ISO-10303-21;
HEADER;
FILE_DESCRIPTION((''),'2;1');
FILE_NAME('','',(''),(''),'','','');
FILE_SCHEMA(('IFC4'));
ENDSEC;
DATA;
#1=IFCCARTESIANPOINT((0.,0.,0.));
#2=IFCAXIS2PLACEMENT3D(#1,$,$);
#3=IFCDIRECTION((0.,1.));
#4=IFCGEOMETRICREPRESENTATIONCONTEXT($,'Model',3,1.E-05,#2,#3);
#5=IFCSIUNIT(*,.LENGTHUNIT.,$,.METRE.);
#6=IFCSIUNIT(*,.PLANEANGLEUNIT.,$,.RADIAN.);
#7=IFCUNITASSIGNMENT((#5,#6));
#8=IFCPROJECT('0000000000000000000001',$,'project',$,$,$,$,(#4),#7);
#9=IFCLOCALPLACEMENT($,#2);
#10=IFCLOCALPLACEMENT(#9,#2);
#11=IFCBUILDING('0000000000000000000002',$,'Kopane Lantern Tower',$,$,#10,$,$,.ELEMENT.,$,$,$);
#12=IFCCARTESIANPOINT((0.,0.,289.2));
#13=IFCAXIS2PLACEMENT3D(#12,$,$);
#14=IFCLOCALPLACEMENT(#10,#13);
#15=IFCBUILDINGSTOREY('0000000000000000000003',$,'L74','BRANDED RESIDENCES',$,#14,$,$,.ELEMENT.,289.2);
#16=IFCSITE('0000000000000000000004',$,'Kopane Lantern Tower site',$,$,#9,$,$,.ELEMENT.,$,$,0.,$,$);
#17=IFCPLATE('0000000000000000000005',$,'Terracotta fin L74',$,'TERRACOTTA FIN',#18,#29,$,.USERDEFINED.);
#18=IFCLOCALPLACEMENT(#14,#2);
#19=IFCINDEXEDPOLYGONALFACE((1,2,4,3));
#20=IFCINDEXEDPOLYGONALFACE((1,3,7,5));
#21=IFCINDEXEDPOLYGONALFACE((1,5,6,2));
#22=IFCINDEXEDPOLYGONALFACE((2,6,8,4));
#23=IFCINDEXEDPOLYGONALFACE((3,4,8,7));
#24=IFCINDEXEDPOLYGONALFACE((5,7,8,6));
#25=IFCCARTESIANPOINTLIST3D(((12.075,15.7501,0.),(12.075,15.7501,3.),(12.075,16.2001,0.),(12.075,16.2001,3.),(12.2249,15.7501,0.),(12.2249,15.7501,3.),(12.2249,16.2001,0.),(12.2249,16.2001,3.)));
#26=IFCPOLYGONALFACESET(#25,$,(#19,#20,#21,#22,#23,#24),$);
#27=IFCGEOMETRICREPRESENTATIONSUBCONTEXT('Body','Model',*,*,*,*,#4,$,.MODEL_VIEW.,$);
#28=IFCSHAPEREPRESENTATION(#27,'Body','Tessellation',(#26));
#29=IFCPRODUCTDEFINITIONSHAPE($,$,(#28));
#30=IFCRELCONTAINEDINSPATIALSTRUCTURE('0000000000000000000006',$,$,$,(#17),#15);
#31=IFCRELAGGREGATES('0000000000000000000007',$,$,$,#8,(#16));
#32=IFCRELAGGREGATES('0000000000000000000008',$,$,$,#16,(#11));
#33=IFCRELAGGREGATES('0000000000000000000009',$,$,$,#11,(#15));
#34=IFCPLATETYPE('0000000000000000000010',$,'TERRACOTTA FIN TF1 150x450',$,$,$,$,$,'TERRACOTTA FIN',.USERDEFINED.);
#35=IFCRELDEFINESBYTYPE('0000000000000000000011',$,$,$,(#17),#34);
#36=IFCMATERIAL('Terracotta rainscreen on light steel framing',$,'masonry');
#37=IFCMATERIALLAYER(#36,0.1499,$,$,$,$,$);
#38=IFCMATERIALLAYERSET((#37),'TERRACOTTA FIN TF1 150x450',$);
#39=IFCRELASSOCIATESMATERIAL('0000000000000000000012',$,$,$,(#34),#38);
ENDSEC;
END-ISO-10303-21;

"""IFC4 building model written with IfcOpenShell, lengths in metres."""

from ifc_helpers import new_model, si_unit, direction, frame, origin, origin_2d, place, context, subcontext, project, spatial, rectangle, extrude, material, layer, layer_set, type_object, element, save


model = new_model("IFC4")

# Units and contexts
model_context = context("Model", 3, precision=1e-05, world=origin(), true_north=direction((0.0, 1.0)))
body_context = subcontext(model_context, "Body", "Model", "MODEL_VIEW")
ifc_project = project(units=[si_unit("LENGTHUNIT", "METRE"), si_unit("PLANEANGLEUNIT", "RADIAN")], contexts=[model_context])

# Site, building, storey
site_placement = place(None, origin())
site = spatial("IfcSite", under=ifc_project, at=site_placement, Name="Kopane Lantern Tower site", CompositionType="ELEMENT", RefElevation=0.0)
building_placement = place(site_placement, origin())
building = spatial("IfcBuilding", under=site, at=building_placement, Name="Kopane Lantern Tower", CompositionType="ELEMENT")
storey_placement = place(building_placement, frame((0.0, 0.0, 289.2)))
storey = spatial("IfcBuildingStorey", under=building, at=storey_placement, Name="L74", Description="BRANDED RESIDENCES", CompositionType="ELEMENT", Elevation=289.2)

# Plate
ifc_material_1 = material(Name="Terracotta rainscreen on light steel framing", Category="masonry")
ifc_layer_1 = layer(ifc_material_1, 0.1499)
ifc_layer_set_1 = layer_set([ifc_layer_1], Name="TERRACOTTA FIN TF1 150x450")
plate_type = type_object("IfcPlateType", Name="TERRACOTTA FIN TF1 150x450", ElementType="TERRACOTTA FIN", PredefinedType="USERDEFINED", material=ifc_layer_set_1)
plate_placement = place(storey_placement, frame((12.1499, 15.9751, 0.0), z_axis=(0.0, 0.0, 1.0), x_axis=(1.0, 0.0, 0.0)))
element("IfcPlate", 1, at=plate_placement, inside=storey, type_object=plate_type, Name="Terracotta fin L74", ObjectType="TERRACOTTA FIN", PredefinedType="USERDEFINED", context=body_context, shape_type="SweptSolid", body=[
    extrude(rectangle(XDim=0.1499, YDim=0.45, at=origin_2d()), origin(), (0.0, 0.0, 1.0), 3.0),
])

save(model, "model.ifc")
